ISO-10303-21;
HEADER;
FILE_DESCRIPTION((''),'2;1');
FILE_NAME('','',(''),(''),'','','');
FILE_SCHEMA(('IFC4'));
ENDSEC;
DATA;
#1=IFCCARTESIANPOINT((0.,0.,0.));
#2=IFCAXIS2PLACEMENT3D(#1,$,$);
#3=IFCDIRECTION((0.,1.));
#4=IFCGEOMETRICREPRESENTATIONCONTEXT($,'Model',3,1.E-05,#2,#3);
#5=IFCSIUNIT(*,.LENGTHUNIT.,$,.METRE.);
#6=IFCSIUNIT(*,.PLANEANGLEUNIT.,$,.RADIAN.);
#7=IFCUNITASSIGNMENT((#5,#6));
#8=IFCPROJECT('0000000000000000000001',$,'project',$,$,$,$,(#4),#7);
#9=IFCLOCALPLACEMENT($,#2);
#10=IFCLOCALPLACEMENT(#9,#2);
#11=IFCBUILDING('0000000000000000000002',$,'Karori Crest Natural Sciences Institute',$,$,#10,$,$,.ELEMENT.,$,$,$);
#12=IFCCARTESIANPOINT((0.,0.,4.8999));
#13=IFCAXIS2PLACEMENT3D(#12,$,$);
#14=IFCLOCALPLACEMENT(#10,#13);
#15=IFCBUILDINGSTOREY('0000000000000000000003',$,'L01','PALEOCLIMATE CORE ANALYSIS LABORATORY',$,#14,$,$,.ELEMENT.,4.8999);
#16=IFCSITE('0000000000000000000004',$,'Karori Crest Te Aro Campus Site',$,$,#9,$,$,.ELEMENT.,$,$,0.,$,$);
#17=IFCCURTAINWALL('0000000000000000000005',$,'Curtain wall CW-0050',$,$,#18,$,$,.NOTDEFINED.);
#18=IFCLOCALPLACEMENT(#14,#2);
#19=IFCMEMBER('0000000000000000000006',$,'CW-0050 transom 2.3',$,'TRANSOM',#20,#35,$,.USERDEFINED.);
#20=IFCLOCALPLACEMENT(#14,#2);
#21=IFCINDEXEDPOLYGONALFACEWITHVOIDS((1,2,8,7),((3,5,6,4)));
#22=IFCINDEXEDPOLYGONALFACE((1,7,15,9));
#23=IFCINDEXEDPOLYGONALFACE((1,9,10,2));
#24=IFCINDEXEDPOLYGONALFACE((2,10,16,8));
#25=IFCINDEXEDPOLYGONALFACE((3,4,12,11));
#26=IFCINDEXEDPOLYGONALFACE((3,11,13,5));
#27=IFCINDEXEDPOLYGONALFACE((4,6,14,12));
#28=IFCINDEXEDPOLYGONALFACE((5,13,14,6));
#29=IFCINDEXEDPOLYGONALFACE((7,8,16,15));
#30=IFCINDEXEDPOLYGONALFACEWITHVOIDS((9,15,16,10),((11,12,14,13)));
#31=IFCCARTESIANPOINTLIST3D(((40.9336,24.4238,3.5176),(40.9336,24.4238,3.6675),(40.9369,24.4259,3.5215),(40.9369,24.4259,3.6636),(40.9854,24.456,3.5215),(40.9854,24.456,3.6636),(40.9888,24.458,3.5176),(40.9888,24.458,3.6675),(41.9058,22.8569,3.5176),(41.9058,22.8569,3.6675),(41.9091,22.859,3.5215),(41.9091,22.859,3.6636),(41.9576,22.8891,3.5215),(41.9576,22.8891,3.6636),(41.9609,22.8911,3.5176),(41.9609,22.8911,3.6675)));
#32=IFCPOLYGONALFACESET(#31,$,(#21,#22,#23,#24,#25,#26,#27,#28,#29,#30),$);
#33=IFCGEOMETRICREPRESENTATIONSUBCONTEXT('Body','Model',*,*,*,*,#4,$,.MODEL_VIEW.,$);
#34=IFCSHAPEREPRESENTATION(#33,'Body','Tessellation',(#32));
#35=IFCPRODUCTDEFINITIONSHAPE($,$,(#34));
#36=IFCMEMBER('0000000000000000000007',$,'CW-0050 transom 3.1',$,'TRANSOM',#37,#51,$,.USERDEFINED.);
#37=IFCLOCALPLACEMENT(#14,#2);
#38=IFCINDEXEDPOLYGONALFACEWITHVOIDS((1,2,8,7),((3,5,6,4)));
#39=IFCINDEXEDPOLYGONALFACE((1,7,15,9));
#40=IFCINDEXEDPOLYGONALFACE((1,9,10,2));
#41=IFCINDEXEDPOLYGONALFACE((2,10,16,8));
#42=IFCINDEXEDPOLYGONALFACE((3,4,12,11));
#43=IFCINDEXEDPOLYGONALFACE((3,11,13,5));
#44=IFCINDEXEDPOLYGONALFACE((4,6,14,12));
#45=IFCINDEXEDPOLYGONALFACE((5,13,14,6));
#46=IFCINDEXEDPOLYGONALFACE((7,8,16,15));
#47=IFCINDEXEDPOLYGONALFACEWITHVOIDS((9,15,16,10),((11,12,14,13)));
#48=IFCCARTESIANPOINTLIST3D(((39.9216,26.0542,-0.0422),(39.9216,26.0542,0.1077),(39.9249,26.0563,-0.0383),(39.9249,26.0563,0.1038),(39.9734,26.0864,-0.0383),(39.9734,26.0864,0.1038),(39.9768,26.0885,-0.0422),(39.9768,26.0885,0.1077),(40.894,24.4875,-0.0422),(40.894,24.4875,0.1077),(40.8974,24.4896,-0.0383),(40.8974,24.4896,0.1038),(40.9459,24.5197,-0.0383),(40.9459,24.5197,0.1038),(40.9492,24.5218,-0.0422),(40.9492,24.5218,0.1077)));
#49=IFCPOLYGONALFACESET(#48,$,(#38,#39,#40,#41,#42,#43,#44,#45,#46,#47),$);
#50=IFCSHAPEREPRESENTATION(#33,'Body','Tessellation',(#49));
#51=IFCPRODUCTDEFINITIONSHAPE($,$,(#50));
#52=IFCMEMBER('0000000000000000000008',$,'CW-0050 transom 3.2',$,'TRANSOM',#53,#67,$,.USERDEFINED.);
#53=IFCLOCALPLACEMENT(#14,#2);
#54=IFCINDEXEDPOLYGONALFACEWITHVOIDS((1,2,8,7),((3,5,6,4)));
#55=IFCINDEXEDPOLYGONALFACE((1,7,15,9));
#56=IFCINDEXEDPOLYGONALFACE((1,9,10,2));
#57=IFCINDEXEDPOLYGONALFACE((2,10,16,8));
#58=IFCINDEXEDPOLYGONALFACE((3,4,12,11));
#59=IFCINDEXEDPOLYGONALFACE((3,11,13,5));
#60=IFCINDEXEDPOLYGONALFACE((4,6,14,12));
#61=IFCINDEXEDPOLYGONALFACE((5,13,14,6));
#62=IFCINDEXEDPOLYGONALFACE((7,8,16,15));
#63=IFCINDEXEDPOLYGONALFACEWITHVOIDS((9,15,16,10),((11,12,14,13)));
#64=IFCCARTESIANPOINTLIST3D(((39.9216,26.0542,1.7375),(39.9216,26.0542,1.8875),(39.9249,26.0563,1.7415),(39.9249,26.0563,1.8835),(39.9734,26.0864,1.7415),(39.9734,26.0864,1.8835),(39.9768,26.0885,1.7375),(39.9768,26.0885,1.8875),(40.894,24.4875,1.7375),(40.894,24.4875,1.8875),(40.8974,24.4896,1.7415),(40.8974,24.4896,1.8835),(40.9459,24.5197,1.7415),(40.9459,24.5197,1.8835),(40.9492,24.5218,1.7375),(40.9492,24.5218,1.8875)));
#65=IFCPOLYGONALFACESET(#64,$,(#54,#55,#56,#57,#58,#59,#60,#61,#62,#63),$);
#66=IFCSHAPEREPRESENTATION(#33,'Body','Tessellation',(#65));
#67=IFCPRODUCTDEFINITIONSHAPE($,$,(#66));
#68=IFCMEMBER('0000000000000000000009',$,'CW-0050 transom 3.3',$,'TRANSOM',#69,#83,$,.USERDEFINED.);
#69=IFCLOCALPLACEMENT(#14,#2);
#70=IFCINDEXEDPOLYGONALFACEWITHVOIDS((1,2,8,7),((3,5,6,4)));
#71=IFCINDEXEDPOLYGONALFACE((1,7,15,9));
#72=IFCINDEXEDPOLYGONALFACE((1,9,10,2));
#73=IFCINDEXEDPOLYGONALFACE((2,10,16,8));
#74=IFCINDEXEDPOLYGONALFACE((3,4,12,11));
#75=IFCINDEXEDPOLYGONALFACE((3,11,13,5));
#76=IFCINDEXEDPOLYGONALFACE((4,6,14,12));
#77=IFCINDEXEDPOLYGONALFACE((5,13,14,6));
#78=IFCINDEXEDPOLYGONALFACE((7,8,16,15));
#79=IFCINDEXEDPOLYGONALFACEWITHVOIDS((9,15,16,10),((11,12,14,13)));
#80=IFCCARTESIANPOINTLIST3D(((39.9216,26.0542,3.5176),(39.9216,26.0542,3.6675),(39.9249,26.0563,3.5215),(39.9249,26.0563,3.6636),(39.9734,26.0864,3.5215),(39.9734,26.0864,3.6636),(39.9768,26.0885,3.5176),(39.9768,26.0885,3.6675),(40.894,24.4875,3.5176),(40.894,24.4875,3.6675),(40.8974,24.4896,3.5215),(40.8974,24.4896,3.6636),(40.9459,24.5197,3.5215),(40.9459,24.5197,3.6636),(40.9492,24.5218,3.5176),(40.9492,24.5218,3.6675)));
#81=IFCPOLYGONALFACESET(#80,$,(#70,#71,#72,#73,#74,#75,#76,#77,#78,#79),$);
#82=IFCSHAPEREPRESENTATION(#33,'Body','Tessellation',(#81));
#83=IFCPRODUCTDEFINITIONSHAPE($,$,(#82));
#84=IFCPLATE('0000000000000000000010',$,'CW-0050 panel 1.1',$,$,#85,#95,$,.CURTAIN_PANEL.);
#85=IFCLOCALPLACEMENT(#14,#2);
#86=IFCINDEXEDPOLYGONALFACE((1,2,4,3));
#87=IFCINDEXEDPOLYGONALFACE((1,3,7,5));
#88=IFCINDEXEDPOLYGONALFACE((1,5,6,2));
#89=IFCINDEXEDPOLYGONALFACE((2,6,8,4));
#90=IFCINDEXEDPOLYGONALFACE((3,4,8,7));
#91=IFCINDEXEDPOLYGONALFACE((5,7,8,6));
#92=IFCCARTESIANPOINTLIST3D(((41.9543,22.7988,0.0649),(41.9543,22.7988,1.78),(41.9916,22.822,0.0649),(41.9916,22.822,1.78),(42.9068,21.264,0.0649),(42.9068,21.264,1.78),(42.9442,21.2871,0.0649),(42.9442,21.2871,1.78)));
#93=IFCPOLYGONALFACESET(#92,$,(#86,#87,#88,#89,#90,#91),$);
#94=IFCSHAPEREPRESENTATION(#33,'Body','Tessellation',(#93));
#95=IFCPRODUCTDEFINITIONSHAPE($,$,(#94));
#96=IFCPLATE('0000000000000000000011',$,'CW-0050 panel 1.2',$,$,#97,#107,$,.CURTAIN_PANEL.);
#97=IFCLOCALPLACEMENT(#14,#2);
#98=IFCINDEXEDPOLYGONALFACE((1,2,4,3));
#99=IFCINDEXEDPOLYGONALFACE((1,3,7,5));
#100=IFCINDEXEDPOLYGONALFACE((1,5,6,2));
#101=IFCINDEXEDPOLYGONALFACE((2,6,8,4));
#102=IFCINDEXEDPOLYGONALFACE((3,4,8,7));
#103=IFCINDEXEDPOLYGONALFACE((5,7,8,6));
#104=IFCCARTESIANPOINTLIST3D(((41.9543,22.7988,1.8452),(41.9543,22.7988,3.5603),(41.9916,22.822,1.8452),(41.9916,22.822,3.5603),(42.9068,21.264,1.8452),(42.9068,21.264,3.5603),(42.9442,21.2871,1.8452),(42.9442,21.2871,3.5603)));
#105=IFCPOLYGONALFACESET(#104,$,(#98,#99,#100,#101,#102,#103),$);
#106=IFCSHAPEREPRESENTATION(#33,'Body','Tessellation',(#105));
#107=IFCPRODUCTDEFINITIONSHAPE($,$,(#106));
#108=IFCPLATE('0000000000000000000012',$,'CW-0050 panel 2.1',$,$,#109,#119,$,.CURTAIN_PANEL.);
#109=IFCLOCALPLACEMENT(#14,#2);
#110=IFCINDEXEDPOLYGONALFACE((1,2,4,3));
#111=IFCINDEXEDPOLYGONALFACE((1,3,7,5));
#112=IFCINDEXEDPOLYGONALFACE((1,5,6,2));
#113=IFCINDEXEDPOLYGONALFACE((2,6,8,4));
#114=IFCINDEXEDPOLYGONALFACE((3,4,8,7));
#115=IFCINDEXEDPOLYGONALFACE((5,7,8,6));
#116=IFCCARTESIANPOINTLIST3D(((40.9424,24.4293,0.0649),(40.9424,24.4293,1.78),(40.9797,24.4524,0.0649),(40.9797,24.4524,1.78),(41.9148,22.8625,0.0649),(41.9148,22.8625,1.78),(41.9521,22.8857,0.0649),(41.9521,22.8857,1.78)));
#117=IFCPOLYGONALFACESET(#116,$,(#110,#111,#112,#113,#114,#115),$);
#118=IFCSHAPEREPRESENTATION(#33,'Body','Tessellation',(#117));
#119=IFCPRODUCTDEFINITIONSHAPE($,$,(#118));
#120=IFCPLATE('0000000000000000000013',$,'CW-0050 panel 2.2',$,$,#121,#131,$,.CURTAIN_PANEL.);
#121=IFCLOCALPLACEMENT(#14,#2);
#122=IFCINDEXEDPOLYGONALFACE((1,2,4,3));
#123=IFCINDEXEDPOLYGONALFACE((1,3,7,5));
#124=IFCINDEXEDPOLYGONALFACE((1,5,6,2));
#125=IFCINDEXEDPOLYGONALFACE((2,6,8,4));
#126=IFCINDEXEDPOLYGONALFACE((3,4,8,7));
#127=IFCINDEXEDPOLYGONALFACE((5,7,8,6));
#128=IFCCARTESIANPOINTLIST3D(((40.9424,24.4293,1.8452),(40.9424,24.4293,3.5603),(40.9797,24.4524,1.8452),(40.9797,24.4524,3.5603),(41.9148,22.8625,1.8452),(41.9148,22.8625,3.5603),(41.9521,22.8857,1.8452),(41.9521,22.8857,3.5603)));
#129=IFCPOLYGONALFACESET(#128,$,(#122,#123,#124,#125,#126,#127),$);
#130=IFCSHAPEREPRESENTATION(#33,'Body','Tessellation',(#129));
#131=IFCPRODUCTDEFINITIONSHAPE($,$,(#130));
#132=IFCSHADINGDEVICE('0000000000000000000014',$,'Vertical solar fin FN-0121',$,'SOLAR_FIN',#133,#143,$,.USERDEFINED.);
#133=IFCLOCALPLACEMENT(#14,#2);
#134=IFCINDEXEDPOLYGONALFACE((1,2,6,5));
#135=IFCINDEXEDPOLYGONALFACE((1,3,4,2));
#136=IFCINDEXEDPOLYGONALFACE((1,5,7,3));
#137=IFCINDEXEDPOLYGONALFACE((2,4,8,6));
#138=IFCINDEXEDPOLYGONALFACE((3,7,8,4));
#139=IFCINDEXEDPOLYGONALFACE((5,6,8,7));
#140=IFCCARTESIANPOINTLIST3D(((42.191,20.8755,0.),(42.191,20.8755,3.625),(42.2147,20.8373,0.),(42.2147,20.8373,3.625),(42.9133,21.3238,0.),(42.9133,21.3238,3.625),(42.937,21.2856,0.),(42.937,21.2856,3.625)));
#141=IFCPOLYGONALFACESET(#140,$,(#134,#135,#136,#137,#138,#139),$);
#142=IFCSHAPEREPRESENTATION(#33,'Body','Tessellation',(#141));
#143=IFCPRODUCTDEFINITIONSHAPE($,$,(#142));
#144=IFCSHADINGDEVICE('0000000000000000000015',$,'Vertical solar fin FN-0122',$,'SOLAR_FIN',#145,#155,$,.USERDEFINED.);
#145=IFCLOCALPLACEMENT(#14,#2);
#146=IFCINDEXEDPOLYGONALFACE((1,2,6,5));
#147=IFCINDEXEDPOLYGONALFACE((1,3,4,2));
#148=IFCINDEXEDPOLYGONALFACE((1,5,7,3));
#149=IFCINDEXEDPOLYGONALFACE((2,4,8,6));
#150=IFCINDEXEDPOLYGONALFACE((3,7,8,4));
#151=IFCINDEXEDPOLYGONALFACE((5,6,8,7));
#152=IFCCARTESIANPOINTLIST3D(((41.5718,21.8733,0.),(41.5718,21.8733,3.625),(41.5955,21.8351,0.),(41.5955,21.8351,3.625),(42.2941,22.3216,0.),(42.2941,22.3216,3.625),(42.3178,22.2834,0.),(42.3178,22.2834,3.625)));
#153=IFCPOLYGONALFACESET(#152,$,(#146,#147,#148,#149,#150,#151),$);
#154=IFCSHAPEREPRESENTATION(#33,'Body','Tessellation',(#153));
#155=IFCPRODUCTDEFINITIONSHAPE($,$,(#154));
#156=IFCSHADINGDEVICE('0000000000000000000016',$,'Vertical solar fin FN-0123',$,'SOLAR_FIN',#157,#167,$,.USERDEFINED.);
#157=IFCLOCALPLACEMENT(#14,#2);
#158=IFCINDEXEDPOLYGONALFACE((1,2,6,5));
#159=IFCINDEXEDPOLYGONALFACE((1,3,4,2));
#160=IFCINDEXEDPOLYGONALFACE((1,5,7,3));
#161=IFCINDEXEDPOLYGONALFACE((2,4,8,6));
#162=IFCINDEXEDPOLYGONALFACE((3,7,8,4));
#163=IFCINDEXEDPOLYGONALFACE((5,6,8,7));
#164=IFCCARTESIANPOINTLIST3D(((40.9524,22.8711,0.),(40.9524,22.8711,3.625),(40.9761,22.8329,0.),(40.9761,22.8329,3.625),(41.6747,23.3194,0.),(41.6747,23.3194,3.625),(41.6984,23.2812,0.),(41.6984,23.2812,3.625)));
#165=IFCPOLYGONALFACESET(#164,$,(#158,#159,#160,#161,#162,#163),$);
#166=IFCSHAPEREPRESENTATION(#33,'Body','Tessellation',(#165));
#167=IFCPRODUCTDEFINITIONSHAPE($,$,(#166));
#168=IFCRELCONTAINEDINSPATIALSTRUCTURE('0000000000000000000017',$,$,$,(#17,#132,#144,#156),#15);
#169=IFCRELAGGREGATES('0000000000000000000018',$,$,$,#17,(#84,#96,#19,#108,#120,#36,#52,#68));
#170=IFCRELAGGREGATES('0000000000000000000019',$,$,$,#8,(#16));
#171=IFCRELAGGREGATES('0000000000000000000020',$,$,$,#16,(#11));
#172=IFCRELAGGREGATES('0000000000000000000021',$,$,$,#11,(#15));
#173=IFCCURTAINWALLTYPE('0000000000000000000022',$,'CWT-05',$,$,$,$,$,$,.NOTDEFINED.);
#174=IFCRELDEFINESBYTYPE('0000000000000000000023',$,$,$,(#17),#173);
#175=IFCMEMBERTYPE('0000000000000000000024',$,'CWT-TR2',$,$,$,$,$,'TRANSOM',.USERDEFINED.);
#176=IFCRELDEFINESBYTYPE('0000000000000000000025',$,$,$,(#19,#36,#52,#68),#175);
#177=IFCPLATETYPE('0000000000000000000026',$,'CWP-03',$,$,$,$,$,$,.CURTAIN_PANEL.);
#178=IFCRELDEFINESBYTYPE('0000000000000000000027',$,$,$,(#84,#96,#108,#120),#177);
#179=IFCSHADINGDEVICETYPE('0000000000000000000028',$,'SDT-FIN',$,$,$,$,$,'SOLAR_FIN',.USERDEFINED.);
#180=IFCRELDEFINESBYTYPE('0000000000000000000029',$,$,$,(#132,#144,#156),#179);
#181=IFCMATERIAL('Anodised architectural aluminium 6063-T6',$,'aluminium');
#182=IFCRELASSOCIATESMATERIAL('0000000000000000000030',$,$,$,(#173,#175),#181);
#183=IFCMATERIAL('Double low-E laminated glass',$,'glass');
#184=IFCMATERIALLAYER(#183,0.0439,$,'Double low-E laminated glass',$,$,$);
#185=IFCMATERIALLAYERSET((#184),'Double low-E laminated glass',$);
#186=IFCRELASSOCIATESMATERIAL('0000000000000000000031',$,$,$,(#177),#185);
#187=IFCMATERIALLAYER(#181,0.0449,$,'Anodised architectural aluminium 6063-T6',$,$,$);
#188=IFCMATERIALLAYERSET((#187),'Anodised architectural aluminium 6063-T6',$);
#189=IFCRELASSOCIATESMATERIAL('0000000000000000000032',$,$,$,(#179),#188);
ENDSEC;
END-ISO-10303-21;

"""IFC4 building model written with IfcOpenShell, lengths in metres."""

from ifc_helpers import new_model, si_unit, direction, frame, origin, origin_2d, place, context, subcontext, project, spatial, rectangle, hollow_rectangle, extrude, material, layer, layer_set, material_profile, profile_set, type_object, element, aggregate, save


model = new_model("IFC4")

# Units and contexts
model_context = context("Model", 3, precision=1e-05, world=origin(), true_north=direction((0.0, 1.0)))
body_context = subcontext(model_context, "Body", "Model", "MODEL_VIEW")
ifc_project = project(units=[si_unit("LENGTHUNIT", "METRE"), si_unit("PLANEANGLEUNIT", "RADIAN")], contexts=[model_context])

# Site, building, storey
site_placement = place(None, origin())
site = spatial("IfcSite", under=ifc_project, at=site_placement, Name="Karori Crest Te Aro Campus Site", CompositionType="ELEMENT", RefElevation=0.0)
building_placement = place(site_placement, origin())
building = spatial("IfcBuilding", under=site, at=building_placement, Name="Karori Crest Natural Sciences Institute", CompositionType="ELEMENT")
storey_placement = place(building_placement, frame((0.0, 0.0, 4.8999)))
storey = spatial("IfcBuildingStorey", under=building, at=storey_placement, Name="L01", Description="PALEOCLIMATE CORE ANALYSIS LABORATORY", CompositionType="ELEMENT", Elevation=4.8999)

# Curtain wall, members, plates
ifc_material_1 = material(Name="Anodised architectural aluminium 6063-T6", Category="aluminium")
curtain_wall_type = type_object("IfcCurtainWallType", Name="CWT-05", PredefinedType="NOTDEFINED", material=ifc_material_1)
curtain_wall_placement = place(storey_placement, origin())
curtain_wall = element("IfcCurtainWall", 1, at=curtain_wall_placement, inside=storey, type_object=curtain_wall_type, Name="Curtain wall CW-0050", PredefinedType="NOTDEFINED")
ifc_material_profile_1 = material_profile(ifc_material_1, hollow_rectangle(XDim=0.0649, YDim=0.1499, WallThickness=0.0039, at=origin_2d()), Name="CWT150x65x4")
ifc_profile_set_1 = profile_set([ifc_material_profile_1], Name="Anodised architectural aluminium 6063-T6")
member_type_1 = type_object("IfcMemberType", Name="CWT-TR2", ElementType="TRANSOM", PredefinedType="USERDEFINED", material=ifc_profile_set_1)
member_1_placement = place(storey_placement, frame((41.9333, 22.874, 3.5925), z_axis=(-0.527211, 0.849734, 0.0), x_axis=(-0.849734, -0.527211, 0.0)))
member_1 = element("IfcMember", 2, at=member_1_placement, type_object=member_type_1, Name="CW-0050 transom 2.3", ObjectType="TRANSOM", PredefinedType="USERDEFINED", context=body_context, shape_type="SweptSolid", body=[
    extrude(hollow_rectangle(XDim=0.0649, YDim=0.1499, WallThickness=0.0039, at=origin_2d()), origin(), (0.0, 0.0, 1.0), 1.844),
])
member_2_placement = place(storey_placement, frame((40.9216, 24.5046, 0.0327), z_axis=(-0.527366, 0.849638, 0.0), x_axis=(-0.849638, -0.527366, 0.0)))
member_2 = element("IfcMember", 3, at=member_2_placement, type_object=member_type_1, Name="CW-0050 transom 3.1", ObjectType="TRANSOM", PredefinedType="USERDEFINED", context=body_context, shape_type="SweptSolid", body=[
    extrude(hollow_rectangle(XDim=0.0649, YDim=0.1499, WallThickness=0.0039, at=origin_2d()), origin(), (0.0, 0.0, 1.0), 1.844),
])
member_3_placement = place(storey_placement, frame((40.9216, 24.5046, 1.8125), z_axis=(-0.527366, 0.849638, 0.0), x_axis=(-0.849638, -0.527366, 0.0)))
member_3 = element("IfcMember", 4, at=member_3_placement, type_object=member_type_1, Name="CW-0050 transom 3.2", ObjectType="TRANSOM", PredefinedType="USERDEFINED", context=body_context, shape_type="SweptSolid", body=[
    extrude(hollow_rectangle(XDim=0.0649, YDim=0.1499, WallThickness=0.0039, at=origin_2d()), origin(), (0.0, 0.0, 1.0), 1.844),
])
member_4_placement = place(storey_placement, frame((40.9216, 24.5046, 3.5925), z_axis=(-0.527366, 0.849638, 0.0), x_axis=(-0.849638, -0.527366, 0.0)))
member_4 = element("IfcMember", 5, at=member_4_placement, type_object=member_type_1, Name="CW-0050 transom 3.3", ObjectType="TRANSOM", PredefinedType="USERDEFINED", context=body_context, shape_type="SweptSolid", body=[
    extrude(hollow_rectangle(XDim=0.0649, YDim=0.1499, WallThickness=0.0039, at=origin_2d()), origin(), (0.0, 0.0, 1.0), 1.844),
])
ifc_material_2 = material(Name="Double low-E laminated glass", Category="glass")
ifc_layer_1 = layer(ifc_material_2, 0.0439, Name="Double low-E laminated glass")
ifc_layer_set_1 = layer_set([ifc_layer_1], Name="Double low-E laminated glass")
plate_type = type_object("IfcPlateType", Name="CWP-03", PredefinedType="CURTAIN_PANEL", material=ifc_layer_set_1)
plate_1_placement = place(storey_placement, frame((42.4492, 22.043, 0.0649), z_axis=(0.0, 0.0, 1.0), x_axis=(-0.527322, 0.849666, 0.0)))
plate_1 = element("IfcPlate", 6, at=plate_1_placement, type_object=plate_type, Name="CW-0050 panel 1.1", PredefinedType="CURTAIN_PANEL", context=body_context, shape_type="SweptSolid", body=[
    extrude(rectangle(XDim=1.8064, YDim=0.0439, at=origin_2d()), origin(), (0.0, 0.0, 1.0), 1.7151),
])
plate_2_placement = place(storey_placement, frame((42.4492, 22.043, 1.8452), z_axis=(0.0, 0.0, 1.0), x_axis=(-0.527322, 0.849666, 0.0)))
plate_2 = element("IfcPlate", 7, at=plate_2_placement, type_object=plate_type, Name="CW-0050 panel 1.2", PredefinedType="CURTAIN_PANEL", context=body_context, shape_type="SweptSolid", body=[
    extrude(rectangle(XDim=1.8064, YDim=0.0439, at=origin_2d()), origin(), (0.0, 0.0, 1.0), 1.7151),
])
plate_3_placement = place(storey_placement, frame((41.4473, 23.6575, 0.0649), z_axis=(0.0, 0.0, 1.0), x_axis=(-0.527322, 0.849666, 0.0)))
plate_3 = element("IfcPlate", 8, at=plate_3_placement, type_object=plate_type, Name="CW-0050 panel 2.1", PredefinedType="CURTAIN_PANEL", context=body_context, shape_type="SweptSolid", body=[
    extrude(rectangle(XDim=1.844, YDim=0.0439, at=origin_2d()), origin(), (0.0, 0.0, 1.0), 1.7151),
])
plate_4_placement = place(storey_placement, frame((41.4473, 23.6575, 1.8452), z_axis=(0.0, 0.0, 1.0), x_axis=(-0.527322, 0.849666, 0.0)))
plate_4 = element("IfcPlate", 9, at=plate_4_placement, type_object=plate_type, Name="CW-0050 panel 2.2", PredefinedType="CURTAIN_PANEL", context=body_context, shape_type="SweptSolid", body=[
    extrude(rectangle(XDim=1.844, YDim=0.0439, at=origin_2d()), origin(), (0.0, 0.0, 1.0), 1.7151),
])
aggregate(curtain_wall, [plate_1, plate_2, member_1, plate_3, plate_4, member_2, member_3, member_4])

# Shading devices
ifc_layer_2 = layer(ifc_material_1, 0.0449, Name="Anodised architectural aluminium 6063-T6")
ifc_layer_set_2 = layer_set([ifc_layer_2], Name="Anodised architectural aluminium 6063-T6")
shading_device_type = type_object("IfcShadingDeviceType", Name="SDT-FIN", ElementType="SOLAR_FIN", PredefinedType="USERDEFINED", material=ifc_layer_set_2)
for number, where, z_axis, x_axis, name in (
    (10, (42.564, 21.0806, 0.0), (0.0, 0.0, 1.0), (-0.849665, -0.527322, 0.0), "Vertical solar fin FN-0121"),
    (11, (41.9448, 22.0784, 0.0), (0.0, 0.0, 1.0), (-0.849665, -0.527322, 0.0), "Vertical solar fin FN-0122"),
    (12, (41.3254, 23.0762, 0.0), (0.0, 0.0, 1.0), (-0.849665, -0.527322, 0.0), "Vertical solar fin FN-0123"),
):
    element("IfcShadingDevice", number, at=place(storey_placement, frame(where, z_axis=z_axis, x_axis=x_axis)), inside=storey, type_object=shading_device_type, Name=name, ObjectType="SOLAR_FIN", PredefinedType="USERDEFINED", context=body_context, shape_type="SweptSolid", body=[
        extrude(rectangle(XDim=0.8501, YDim=0.0449, at=origin_2d()), origin(), (0.0, 0.0, 1.0), 3.625),
    ])

save(model, "model.ifc")
